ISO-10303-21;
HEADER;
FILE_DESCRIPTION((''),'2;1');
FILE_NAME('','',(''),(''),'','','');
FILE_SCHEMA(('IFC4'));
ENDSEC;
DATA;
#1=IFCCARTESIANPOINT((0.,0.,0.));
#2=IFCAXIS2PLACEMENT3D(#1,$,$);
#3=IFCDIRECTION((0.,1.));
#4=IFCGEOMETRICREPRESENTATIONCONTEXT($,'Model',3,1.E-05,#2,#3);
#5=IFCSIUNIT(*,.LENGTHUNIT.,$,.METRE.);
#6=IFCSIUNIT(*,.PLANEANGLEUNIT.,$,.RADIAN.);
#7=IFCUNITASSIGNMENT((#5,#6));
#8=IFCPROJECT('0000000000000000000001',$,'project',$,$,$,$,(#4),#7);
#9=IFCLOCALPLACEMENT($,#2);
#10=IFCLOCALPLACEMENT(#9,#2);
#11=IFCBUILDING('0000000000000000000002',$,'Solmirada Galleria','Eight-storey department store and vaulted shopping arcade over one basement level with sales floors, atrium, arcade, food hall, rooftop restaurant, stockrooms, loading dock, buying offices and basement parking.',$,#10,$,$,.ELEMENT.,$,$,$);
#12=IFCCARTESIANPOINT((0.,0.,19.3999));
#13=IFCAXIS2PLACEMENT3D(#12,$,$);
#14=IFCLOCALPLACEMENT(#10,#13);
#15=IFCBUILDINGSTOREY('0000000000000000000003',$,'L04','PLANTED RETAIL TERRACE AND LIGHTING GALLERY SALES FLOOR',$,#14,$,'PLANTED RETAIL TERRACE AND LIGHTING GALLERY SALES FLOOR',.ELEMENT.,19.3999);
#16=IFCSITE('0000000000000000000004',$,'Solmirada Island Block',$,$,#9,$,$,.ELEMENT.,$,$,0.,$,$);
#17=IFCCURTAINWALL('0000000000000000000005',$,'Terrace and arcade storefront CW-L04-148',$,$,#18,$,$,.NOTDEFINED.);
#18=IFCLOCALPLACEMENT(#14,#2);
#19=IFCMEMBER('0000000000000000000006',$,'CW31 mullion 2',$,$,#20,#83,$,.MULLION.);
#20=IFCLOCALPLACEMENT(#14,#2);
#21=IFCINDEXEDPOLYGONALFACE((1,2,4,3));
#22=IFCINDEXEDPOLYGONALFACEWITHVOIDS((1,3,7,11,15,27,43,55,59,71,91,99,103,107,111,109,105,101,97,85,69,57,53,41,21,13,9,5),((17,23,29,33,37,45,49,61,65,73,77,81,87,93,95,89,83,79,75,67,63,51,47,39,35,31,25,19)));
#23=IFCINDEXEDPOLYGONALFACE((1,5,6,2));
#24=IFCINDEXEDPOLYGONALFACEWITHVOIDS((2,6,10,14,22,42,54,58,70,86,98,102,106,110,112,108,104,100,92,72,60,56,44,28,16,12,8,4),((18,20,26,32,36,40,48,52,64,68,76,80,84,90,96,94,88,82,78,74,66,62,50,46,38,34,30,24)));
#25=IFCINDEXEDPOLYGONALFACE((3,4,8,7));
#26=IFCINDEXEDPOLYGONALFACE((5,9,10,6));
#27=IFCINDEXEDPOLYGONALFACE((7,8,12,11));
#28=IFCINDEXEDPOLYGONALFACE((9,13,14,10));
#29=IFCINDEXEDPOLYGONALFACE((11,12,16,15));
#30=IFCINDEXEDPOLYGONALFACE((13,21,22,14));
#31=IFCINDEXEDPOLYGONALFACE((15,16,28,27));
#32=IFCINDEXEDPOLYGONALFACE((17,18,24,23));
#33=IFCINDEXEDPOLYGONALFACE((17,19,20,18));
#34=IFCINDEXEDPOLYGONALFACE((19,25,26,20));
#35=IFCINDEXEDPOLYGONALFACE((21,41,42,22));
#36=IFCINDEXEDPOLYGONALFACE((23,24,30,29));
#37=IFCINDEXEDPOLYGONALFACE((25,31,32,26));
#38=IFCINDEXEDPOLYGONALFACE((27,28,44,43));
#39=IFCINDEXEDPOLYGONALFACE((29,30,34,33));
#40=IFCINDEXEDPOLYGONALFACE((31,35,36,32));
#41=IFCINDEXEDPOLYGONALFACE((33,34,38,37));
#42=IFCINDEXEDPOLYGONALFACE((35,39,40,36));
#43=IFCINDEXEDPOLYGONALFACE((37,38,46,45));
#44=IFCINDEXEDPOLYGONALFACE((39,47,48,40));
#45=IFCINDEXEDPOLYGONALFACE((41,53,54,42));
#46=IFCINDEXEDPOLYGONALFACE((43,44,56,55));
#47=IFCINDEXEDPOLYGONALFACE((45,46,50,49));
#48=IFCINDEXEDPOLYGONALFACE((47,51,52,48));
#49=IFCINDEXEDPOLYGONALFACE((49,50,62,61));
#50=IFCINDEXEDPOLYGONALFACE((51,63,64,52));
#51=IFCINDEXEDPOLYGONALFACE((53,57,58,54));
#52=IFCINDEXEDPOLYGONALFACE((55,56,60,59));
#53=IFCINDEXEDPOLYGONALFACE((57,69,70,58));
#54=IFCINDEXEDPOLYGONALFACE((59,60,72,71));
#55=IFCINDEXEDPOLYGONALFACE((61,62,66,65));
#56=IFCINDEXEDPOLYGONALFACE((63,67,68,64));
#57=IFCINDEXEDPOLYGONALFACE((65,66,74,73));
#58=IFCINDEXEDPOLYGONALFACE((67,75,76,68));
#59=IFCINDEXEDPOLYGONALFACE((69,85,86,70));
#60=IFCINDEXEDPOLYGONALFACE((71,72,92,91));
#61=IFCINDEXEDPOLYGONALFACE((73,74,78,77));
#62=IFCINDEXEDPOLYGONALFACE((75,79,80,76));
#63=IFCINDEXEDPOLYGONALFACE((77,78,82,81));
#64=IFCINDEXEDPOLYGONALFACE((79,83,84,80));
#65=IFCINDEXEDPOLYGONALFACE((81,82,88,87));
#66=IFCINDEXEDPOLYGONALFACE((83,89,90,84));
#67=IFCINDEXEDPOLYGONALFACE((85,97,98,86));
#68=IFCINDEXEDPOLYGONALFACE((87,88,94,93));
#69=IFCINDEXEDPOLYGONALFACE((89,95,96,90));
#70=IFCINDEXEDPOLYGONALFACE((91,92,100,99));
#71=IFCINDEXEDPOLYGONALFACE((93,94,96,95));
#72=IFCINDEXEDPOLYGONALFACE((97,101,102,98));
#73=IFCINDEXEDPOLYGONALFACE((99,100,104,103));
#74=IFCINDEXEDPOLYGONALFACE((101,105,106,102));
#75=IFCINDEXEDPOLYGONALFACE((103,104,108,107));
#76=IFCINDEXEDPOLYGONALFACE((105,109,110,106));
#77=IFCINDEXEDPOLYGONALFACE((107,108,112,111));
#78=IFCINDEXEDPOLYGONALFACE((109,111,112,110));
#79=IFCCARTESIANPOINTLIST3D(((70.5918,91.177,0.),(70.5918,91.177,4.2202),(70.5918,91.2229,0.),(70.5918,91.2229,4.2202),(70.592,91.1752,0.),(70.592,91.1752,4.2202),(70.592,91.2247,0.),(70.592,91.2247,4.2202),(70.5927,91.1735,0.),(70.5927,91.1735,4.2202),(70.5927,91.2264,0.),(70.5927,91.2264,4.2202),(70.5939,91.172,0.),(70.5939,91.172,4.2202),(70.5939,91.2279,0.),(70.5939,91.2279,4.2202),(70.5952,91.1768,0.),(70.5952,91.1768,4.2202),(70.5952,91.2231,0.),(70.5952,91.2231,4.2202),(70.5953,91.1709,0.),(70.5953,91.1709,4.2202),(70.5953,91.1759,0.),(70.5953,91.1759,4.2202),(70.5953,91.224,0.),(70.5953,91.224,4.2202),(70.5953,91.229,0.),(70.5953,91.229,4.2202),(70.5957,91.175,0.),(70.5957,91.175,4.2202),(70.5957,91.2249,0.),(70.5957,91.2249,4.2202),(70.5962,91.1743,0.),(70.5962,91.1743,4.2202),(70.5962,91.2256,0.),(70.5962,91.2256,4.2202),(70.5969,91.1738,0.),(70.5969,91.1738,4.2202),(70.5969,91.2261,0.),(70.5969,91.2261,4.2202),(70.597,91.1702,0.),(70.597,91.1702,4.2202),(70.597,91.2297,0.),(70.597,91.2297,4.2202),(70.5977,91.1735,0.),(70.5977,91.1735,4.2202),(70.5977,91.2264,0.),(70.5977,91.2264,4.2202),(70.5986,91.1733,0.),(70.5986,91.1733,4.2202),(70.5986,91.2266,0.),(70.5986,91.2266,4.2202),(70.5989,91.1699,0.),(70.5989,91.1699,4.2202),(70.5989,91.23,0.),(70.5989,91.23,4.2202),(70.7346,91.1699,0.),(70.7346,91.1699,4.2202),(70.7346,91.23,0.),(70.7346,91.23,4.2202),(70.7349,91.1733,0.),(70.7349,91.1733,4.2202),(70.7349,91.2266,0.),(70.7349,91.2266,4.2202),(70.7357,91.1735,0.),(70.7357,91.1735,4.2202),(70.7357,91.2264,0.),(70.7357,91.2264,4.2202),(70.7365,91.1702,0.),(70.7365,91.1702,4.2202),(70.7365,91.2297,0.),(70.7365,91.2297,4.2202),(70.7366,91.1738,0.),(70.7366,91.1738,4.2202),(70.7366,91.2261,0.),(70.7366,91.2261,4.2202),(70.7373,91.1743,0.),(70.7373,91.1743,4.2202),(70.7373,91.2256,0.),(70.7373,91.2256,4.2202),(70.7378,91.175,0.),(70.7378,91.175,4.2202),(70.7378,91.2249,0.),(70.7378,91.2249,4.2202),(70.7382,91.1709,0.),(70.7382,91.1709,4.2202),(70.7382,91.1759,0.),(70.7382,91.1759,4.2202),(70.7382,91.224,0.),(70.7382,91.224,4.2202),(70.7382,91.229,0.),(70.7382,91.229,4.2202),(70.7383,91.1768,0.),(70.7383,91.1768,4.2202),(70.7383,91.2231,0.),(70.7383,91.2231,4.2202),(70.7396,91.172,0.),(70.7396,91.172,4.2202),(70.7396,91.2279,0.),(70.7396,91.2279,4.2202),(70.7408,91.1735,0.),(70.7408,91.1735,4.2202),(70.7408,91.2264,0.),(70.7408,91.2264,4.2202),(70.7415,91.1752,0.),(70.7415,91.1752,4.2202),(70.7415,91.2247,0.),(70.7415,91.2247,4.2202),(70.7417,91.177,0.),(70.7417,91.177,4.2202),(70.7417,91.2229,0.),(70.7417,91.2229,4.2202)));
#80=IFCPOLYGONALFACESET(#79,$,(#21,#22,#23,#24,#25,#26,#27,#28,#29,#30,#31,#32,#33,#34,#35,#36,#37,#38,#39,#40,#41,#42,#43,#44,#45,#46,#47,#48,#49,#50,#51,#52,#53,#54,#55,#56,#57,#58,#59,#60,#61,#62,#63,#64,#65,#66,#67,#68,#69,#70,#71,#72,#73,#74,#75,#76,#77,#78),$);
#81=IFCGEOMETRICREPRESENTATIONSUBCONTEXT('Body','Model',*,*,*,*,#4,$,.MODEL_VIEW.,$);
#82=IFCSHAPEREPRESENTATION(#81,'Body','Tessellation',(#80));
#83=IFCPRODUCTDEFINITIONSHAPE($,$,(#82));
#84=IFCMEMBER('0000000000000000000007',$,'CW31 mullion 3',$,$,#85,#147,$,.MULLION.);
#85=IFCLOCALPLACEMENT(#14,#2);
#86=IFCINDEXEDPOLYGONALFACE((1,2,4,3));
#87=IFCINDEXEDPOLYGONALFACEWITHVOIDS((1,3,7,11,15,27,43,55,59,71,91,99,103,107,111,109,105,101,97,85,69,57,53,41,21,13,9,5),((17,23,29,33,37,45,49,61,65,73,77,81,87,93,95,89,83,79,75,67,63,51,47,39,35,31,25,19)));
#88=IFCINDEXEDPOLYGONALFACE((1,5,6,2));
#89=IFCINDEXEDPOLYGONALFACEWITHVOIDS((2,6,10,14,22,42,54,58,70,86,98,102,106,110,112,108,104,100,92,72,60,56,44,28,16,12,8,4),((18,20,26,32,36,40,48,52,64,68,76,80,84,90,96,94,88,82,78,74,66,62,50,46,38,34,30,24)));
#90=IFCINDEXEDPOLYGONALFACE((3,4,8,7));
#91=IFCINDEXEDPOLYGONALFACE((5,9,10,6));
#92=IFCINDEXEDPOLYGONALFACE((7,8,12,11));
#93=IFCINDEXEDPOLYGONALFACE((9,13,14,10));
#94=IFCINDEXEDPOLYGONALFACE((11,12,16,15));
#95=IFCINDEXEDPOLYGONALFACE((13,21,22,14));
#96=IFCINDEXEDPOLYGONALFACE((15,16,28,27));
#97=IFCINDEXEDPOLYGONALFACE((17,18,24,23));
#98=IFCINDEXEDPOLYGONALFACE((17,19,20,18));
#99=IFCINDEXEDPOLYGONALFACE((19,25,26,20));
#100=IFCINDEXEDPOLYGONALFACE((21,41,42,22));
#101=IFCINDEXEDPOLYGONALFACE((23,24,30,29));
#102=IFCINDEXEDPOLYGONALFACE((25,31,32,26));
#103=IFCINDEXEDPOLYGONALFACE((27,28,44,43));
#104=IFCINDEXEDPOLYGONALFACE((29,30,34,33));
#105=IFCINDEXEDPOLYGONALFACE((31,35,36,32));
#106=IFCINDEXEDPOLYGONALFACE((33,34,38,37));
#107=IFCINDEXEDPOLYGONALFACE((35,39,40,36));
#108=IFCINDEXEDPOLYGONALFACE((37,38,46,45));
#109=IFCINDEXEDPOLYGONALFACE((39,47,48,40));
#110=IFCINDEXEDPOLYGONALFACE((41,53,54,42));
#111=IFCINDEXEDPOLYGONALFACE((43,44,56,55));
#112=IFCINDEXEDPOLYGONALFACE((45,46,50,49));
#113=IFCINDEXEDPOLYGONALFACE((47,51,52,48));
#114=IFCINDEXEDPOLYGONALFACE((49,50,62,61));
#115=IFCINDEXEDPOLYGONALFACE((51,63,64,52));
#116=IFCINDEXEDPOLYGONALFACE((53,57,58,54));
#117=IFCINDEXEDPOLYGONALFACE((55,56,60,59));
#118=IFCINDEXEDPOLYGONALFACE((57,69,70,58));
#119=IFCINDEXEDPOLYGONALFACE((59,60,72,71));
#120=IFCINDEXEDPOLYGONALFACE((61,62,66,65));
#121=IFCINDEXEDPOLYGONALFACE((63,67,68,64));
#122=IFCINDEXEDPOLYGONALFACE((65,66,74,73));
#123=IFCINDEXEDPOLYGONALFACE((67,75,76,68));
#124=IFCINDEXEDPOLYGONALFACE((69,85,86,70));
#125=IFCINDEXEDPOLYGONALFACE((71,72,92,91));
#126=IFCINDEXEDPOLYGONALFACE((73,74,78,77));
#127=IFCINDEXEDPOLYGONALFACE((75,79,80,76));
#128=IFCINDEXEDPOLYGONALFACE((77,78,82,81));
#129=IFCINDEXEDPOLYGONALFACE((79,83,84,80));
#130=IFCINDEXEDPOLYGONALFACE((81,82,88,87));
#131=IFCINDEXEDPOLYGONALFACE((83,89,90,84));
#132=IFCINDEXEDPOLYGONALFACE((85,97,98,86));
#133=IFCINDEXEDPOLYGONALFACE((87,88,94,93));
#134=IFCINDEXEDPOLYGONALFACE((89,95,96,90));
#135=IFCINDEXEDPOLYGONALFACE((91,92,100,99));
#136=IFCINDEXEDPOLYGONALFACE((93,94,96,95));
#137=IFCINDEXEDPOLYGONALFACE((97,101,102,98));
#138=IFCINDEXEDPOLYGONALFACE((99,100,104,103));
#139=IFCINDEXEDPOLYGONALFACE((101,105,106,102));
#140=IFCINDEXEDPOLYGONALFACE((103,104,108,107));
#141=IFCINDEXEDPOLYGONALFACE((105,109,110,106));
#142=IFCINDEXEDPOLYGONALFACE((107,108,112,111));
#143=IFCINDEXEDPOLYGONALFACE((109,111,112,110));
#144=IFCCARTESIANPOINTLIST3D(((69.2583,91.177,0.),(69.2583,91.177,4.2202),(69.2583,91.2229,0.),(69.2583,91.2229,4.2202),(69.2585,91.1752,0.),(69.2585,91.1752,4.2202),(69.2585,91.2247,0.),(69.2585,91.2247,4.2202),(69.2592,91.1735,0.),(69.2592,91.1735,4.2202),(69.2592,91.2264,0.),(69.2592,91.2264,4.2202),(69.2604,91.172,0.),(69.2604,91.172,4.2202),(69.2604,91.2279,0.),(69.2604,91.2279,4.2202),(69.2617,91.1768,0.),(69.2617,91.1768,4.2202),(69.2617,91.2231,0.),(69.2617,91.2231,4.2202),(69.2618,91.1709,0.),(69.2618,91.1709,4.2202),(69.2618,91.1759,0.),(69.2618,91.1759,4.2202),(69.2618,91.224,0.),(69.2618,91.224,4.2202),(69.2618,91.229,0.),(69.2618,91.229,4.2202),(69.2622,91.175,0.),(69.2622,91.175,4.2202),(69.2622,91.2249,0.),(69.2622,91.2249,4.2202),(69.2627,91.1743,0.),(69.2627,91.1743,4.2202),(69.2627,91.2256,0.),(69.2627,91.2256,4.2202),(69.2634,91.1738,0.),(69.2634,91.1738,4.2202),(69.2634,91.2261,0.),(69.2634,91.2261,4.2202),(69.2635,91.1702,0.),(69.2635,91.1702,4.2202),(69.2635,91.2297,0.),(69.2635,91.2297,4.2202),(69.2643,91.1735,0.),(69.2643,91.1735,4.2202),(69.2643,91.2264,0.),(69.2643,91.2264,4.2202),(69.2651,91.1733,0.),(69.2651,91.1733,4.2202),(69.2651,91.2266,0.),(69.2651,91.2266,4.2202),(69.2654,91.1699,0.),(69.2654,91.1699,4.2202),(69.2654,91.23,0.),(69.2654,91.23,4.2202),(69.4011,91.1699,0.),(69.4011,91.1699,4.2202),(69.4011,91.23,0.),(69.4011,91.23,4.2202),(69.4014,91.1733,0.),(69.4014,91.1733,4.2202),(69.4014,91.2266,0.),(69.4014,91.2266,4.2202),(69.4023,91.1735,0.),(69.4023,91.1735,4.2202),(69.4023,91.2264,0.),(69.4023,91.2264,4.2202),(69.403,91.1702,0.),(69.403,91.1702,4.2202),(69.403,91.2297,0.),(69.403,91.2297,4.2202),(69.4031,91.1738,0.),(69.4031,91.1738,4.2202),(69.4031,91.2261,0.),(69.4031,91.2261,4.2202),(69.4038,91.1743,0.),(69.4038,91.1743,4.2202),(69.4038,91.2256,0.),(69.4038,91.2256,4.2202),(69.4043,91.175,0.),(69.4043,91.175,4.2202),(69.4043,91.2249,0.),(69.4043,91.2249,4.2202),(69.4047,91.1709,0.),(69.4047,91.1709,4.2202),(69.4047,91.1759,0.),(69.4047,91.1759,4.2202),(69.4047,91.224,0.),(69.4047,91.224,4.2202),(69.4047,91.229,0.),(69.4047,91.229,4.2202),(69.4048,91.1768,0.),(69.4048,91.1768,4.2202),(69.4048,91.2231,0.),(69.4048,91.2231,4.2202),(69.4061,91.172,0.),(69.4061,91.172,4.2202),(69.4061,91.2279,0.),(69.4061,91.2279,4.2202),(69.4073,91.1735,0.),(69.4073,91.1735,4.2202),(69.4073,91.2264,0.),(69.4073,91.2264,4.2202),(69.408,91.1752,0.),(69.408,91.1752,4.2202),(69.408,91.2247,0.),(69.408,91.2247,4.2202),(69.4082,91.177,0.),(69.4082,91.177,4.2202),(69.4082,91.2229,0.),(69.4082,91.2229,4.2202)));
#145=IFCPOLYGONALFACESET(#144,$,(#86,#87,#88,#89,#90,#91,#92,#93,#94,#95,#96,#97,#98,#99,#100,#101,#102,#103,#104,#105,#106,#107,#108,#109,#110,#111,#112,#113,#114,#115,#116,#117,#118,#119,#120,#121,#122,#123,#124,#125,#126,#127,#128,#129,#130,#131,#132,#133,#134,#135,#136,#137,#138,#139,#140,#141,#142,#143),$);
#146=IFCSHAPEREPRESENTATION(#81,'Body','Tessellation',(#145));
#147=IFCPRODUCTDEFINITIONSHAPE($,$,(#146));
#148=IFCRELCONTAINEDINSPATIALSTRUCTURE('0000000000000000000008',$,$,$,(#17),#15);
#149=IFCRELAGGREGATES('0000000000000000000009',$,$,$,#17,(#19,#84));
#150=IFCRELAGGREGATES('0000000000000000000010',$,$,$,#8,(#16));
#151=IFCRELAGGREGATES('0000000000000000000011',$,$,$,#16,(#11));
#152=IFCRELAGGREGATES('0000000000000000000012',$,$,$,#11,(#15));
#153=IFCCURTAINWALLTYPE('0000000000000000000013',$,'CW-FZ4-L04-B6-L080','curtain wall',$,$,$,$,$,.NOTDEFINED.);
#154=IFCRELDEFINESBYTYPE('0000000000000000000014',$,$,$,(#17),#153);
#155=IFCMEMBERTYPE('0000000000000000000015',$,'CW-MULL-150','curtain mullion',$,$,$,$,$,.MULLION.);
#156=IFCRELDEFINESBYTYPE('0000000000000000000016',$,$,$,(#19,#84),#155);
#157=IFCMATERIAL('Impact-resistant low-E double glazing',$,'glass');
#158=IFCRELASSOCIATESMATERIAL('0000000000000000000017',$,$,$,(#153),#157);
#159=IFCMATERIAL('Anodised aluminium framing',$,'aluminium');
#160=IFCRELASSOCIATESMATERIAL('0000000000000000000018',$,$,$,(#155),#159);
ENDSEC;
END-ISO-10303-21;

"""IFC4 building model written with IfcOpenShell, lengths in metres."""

from ifc_helpers import new_model, si_unit, direction, frame, origin, origin_2d, place, context, subcontext, project, spatial, hollow_rectangle, extrude, material, material_profile, profile_set, type_object, element, aggregate, save


model = new_model("IFC4")

# Units and contexts
model_context = context("Model", 3, precision=1e-05, world=origin(), true_north=direction((0.0, 1.0)))
body_context = subcontext(model_context, "Body", "Model", "MODEL_VIEW")
ifc_project = project(units=[si_unit("LENGTHUNIT", "METRE"), si_unit("PLANEANGLEUNIT", "RADIAN")], contexts=[model_context])

# Site, building, storey
site_placement = place(None, origin())
site = spatial("IfcSite", under=ifc_project, at=site_placement, Name="Solmirada Island Block", CompositionType="ELEMENT", RefElevation=0.0)
building_placement = place(site_placement, origin())
building = spatial("IfcBuilding", under=site, at=building_placement, Name="Solmirada Galleria", Description="Eight-storey department store and vaulted shopping arcade over one basement level with sales floors, atrium, arcade, food hall, rooftop restaurant, stockrooms, loading dock, buying offices and basement parking.", CompositionType="ELEMENT")
storey_placement = place(building_placement, frame((0.0, 0.0, 19.3999)))
storey = spatial("IfcBuildingStorey", under=building, at=storey_placement, Name="L04", Description="PLANTED RETAIL TERRACE AND LIGHTING GALLERY SALES FLOOR", LongName="PLANTED RETAIL TERRACE AND LIGHTING GALLERY SALES FLOOR", CompositionType="ELEMENT", Elevation=19.3999)

# Curtain wall, members
ifc_material_1 = material(Name="Impact-resistant low-E double glazing", Category="glass")
curtain_wall_type = type_object("IfcCurtainWallType", Name="CW-FZ4-L04-B6-L080", Description="curtain wall", PredefinedType="NOTDEFINED", material=ifc_material_1)
curtain_wall_placement = place(storey_placement, origin())
curtain_wall = element("IfcCurtainWall", 1, at=curtain_wall_placement, inside=storey, type_object=curtain_wall_type, Name="Terrace and arcade storefront CW-L04-148", PredefinedType="NOTDEFINED")
ifc_material_2 = material(Name="Anodised aluminium framing", Category="aluminium")
ifc_material_profile_1 = material_profile(ifc_material_2, hollow_rectangle(XDim=0.0601, YDim=0.1499, WallThickness=0.0034, InnerFilletRadius=0.0034, OuterFilletRadius=0.0071, at=origin_2d()), Name="ALU-MULL-150X60")
ifc_profile_set_1 = profile_set([ifc_material_profile_1], Name="Anodised aluminium framing")
member_type_1 = type_object("IfcMemberType", Name="CW-MULL-150", Description="curtain mullion", PredefinedType="MULLION", material=ifc_profile_set_1)
member_1_placement = place(storey_placement, frame((70.6667, 91.2, 0.0), z_axis=(0.0, 0.0, 1.0), x_axis=(0.0, -1.0, 0.0)))
member_1 = element("IfcMember", 2, at=member_1_placement, type_object=member_type_1, Name="CW31 mullion 2", PredefinedType="MULLION", context=body_context, shape_type="SweptSolid", body=[
    extrude(hollow_rectangle(XDim=0.0601, YDim=0.1499, WallThickness=0.0034, InnerFilletRadius=0.0034, OuterFilletRadius=0.0071, at=origin_2d()), origin(), (0.0, 0.0, 1.0), 4.2202),
])
member_2_placement = place(storey_placement, frame((69.3333, 91.2, 0.0), z_axis=(0.0, 0.0, 1.0), x_axis=(0.0, -1.0, 0.0)))
member_2 = element("IfcMember", 3, at=member_2_placement, type_object=member_type_1, Name="CW31 mullion 3", PredefinedType="MULLION", context=body_context, shape_type="SweptSolid", body=[
    extrude(hollow_rectangle(XDim=0.0601, YDim=0.1499, WallThickness=0.0034, InnerFilletRadius=0.0034, OuterFilletRadius=0.0071, at=origin_2d()), origin(), (0.0, 0.0, 1.0), 4.2202),
])
aggregate(curtain_wall, [member_1, member_2])

save(model, "model.ifc")
